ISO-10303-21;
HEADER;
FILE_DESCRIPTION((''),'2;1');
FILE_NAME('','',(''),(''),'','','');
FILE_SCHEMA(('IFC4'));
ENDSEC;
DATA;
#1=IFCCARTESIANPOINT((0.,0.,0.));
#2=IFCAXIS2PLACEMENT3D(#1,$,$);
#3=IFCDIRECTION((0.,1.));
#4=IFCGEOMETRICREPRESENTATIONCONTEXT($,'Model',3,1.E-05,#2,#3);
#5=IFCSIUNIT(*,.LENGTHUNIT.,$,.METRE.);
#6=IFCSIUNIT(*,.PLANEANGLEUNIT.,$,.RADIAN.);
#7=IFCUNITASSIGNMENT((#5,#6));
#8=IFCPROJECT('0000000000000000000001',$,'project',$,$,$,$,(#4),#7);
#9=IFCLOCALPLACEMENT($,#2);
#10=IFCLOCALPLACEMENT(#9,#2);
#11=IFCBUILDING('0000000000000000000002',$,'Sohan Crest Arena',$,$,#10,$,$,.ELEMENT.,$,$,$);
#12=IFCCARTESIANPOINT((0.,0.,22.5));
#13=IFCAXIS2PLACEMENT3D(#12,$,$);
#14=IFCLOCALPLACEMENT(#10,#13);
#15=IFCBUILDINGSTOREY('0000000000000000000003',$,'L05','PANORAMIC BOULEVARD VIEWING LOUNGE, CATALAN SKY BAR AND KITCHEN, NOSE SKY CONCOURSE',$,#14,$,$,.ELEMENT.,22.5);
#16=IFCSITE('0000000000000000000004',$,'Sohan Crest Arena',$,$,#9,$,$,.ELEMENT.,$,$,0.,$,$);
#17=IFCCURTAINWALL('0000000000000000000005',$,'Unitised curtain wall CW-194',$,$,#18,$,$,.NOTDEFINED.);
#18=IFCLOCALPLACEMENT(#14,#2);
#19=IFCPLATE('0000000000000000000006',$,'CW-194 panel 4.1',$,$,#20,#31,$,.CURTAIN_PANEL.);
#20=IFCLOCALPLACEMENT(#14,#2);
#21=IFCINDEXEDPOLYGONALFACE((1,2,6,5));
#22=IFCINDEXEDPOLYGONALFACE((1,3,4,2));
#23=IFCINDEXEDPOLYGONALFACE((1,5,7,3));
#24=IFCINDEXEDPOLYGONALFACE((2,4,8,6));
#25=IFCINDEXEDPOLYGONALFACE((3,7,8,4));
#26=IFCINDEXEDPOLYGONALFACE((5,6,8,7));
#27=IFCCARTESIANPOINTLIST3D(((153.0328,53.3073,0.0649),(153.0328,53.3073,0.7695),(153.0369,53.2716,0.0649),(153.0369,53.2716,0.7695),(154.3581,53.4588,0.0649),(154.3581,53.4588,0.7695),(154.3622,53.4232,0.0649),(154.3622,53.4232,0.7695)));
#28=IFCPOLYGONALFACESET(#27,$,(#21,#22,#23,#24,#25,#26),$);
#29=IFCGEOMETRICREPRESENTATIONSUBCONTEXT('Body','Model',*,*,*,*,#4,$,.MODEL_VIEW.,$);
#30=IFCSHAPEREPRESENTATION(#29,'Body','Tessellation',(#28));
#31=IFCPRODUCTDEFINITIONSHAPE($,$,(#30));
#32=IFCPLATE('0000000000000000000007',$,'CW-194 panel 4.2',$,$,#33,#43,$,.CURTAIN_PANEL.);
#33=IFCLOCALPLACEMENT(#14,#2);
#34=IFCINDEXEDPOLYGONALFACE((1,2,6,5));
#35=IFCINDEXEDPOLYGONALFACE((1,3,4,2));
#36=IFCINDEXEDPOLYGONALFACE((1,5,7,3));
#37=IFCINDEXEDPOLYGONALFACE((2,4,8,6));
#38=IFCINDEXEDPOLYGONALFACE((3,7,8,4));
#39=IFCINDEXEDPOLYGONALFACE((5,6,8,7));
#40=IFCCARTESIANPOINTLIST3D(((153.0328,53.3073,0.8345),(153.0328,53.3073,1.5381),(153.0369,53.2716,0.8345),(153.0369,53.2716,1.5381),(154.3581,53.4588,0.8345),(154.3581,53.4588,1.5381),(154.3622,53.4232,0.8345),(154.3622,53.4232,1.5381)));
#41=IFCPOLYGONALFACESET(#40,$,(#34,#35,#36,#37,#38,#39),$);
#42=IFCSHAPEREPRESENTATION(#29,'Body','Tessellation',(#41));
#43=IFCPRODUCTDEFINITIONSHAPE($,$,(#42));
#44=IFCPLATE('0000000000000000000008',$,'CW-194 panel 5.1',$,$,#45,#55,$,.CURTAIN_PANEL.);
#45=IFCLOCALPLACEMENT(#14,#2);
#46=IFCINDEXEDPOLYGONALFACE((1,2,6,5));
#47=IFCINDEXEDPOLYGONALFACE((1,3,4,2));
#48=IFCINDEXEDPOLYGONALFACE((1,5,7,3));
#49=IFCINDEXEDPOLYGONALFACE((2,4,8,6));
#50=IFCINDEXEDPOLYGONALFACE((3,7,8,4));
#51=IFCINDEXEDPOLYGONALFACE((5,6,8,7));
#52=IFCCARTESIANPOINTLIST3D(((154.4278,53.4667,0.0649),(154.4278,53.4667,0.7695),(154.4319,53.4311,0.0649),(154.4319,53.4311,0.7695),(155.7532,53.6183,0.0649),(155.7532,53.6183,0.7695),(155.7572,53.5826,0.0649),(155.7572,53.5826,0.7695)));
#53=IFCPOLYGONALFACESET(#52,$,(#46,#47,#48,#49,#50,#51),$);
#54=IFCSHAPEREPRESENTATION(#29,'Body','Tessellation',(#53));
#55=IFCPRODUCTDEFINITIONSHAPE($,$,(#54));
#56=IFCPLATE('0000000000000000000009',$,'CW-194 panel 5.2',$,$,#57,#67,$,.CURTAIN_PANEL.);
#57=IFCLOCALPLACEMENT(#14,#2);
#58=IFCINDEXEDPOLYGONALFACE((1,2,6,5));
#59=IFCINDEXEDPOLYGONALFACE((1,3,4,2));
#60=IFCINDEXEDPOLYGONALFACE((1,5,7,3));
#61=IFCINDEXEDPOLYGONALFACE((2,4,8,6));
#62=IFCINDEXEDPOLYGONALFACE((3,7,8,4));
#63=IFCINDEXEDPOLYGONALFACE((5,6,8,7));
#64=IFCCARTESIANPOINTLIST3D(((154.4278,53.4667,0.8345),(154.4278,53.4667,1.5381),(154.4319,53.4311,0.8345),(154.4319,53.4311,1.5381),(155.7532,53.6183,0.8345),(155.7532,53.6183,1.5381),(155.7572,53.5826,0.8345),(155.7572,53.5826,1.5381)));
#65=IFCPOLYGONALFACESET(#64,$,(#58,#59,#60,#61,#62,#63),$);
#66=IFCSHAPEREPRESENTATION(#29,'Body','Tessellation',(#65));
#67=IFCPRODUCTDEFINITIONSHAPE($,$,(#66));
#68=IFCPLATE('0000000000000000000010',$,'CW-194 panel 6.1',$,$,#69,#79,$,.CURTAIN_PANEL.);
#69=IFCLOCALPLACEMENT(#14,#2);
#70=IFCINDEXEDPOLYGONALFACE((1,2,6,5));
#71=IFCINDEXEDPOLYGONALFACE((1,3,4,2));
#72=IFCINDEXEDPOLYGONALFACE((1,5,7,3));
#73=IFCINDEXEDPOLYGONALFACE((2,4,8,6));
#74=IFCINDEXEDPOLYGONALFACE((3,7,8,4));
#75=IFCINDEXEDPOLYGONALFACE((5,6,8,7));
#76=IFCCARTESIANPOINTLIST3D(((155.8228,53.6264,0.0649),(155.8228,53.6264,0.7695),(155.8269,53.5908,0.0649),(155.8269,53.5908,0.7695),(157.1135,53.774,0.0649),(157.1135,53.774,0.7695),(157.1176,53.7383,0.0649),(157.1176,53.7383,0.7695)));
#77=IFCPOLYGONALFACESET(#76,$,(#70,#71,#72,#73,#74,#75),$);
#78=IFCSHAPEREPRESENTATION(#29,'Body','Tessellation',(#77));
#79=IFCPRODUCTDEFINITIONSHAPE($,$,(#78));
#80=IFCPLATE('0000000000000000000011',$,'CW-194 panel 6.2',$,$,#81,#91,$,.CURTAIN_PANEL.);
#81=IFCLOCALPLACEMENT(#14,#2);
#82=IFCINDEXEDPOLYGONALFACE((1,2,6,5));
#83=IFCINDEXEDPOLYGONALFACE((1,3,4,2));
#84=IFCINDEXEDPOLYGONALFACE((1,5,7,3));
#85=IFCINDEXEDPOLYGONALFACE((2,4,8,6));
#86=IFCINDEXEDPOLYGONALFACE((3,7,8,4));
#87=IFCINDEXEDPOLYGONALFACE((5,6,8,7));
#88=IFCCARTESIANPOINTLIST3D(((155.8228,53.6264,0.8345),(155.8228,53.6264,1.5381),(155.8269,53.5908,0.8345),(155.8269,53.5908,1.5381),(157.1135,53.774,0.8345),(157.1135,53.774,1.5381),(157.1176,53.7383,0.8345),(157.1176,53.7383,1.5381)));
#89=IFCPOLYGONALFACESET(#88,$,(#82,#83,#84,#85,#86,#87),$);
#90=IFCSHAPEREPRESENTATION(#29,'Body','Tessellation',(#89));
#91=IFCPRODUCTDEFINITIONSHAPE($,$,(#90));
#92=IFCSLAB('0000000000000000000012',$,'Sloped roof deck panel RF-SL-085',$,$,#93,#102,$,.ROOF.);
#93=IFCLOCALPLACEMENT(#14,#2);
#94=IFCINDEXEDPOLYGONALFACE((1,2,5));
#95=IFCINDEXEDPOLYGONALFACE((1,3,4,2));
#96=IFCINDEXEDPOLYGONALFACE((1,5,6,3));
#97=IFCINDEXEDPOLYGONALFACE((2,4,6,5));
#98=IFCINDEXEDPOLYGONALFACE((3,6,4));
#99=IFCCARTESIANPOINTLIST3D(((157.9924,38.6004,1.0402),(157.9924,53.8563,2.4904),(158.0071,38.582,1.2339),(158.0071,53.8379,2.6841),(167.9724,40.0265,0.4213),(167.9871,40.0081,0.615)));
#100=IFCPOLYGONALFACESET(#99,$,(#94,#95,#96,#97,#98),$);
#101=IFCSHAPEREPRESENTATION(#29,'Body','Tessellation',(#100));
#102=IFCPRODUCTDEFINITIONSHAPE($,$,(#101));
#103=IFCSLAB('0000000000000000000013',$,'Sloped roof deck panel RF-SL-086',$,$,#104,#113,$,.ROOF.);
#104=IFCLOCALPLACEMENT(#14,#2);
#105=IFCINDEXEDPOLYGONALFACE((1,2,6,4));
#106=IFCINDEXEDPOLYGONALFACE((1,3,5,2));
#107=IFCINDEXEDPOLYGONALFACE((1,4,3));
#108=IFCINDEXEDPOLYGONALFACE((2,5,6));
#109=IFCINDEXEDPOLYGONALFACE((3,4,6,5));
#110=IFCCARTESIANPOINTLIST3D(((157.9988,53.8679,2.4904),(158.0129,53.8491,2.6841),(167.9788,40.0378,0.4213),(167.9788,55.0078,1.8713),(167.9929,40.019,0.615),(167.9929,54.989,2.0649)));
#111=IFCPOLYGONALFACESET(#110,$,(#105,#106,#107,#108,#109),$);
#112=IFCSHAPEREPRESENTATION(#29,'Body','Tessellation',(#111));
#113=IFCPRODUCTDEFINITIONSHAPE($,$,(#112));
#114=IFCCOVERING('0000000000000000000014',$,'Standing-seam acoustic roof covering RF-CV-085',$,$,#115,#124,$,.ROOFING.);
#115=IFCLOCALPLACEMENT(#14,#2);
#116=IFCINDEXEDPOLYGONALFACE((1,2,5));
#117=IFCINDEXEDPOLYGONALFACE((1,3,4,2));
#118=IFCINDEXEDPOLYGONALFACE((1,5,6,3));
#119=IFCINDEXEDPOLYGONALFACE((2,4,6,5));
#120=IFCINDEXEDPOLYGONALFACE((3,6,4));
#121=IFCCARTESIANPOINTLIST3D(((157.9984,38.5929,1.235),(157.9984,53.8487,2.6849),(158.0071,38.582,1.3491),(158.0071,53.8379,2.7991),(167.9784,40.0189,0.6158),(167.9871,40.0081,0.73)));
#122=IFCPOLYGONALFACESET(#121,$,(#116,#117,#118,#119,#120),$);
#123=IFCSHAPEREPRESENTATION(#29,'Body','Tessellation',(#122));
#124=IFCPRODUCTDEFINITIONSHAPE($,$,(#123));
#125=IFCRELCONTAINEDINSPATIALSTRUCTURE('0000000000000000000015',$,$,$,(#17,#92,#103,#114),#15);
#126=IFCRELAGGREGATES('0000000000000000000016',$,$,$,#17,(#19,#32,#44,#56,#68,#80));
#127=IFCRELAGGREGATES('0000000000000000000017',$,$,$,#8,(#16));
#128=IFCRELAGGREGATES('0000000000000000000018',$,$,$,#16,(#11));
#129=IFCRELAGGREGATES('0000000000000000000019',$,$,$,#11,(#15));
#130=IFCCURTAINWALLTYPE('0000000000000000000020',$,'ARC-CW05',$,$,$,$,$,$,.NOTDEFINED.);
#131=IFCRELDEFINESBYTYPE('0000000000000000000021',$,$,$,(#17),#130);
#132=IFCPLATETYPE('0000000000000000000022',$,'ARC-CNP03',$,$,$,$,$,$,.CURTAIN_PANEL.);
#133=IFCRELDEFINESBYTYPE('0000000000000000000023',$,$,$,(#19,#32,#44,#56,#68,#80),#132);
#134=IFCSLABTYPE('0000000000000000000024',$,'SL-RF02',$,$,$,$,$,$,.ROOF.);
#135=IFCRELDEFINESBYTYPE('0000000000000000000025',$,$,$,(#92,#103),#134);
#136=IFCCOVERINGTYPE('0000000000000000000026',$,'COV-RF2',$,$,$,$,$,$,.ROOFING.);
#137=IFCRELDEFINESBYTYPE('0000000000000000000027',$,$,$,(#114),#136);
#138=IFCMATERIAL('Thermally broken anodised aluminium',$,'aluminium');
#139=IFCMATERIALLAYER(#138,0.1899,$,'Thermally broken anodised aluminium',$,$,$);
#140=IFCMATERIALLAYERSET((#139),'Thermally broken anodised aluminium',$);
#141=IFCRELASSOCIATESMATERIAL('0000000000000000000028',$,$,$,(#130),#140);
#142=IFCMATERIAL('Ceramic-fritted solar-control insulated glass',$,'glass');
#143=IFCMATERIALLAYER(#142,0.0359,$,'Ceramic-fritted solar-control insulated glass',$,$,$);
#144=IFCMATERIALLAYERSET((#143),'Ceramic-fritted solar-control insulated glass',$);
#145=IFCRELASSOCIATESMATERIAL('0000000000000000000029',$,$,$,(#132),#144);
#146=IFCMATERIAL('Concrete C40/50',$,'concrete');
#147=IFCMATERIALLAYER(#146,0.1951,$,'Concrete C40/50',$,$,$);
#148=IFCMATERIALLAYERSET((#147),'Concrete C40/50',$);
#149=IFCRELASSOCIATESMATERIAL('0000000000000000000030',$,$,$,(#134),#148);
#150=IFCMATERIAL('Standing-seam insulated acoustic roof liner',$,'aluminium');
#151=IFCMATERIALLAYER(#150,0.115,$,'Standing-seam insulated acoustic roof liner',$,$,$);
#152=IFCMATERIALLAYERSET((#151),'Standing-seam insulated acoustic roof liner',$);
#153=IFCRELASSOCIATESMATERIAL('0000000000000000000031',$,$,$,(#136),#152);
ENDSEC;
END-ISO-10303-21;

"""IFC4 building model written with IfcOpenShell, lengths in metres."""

from ifc_helpers import new_model, si_unit, direction, frame, origin, origin_2d, place, context, subcontext, project, spatial, polyline, rectangle, outline, extrude, material, layer, layer_set, type_object, element, aggregate, save


model = new_model("IFC4")

# Units and contexts
model_context = context("Model", 3, precision=1e-05, world=origin(), true_north=direction((0.0, 1.0)))
body_context = subcontext(model_context, "Body", "Model", "MODEL_VIEW")
ifc_project = project(units=[si_unit("LENGTHUNIT", "METRE"), si_unit("PLANEANGLEUNIT", "RADIAN")], contexts=[model_context])

# Site, building, storey
site_placement = place(None, origin())
site = spatial("IfcSite", under=ifc_project, at=site_placement, Name="Sohan Crest Arena", CompositionType="ELEMENT", RefElevation=0.0)
building_placement = place(site_placement, origin())
building = spatial("IfcBuilding", under=site, at=building_placement, Name="Sohan Crest Arena", CompositionType="ELEMENT")
storey_placement = place(building_placement, frame((0.0, 0.0, 22.5)))
storey = spatial("IfcBuildingStorey", under=building, at=storey_placement, Name="L05", Description="PANORAMIC BOULEVARD VIEWING LOUNGE, CATALAN SKY BAR AND KITCHEN, NOSE SKY CONCOURSE", CompositionType="ELEMENT", Elevation=22.5)

# Shared definitions
ifc_material_1 = material(Name="Concrete C40/50", Category="concrete")

# Curtain wall
ifc_material_2 = material(Name="Thermally broken anodised aluminium", Category="aluminium")
ifc_layer_1 = layer(ifc_material_2, 0.1899, Name="Thermally broken anodised aluminium")
ifc_layer_set_1 = layer_set([ifc_layer_1], Name="Thermally broken anodised aluminium")
curtain_wall_type = type_object("IfcCurtainWallType", Name="ARC-CW05", PredefinedType="NOTDEFINED", material=ifc_layer_set_1)
curtain_wall_placement = place(storey_placement, origin())
curtain_wall = element("IfcCurtainWall", 1, at=curtain_wall_placement, inside=storey, type_object=curtain_wall_type, Name="Unitised curtain wall CW-194", PredefinedType="NOTDEFINED")

# Plates
ifc_material_3 = material(Name="Ceramic-fritted solar-control insulated glass", Category="glass")
ifc_layer_2 = layer(ifc_material_3, 0.0359, Name="Ceramic-fritted solar-control insulated glass")
ifc_layer_set_2 = layer_set([ifc_layer_2], Name="Ceramic-fritted solar-control insulated glass")
plate_type = type_object("IfcPlateType", Name="ARC-CNP03", PredefinedType="CURTAIN_PANEL", material=ifc_layer_set_2)
plate_1_placement = place(storey_placement, frame((153.6975, 53.3652, 0.0649), z_axis=(0.0, 0.0, 1.0), x_axis=(0.993527, 0.113597, 0.0)))
plate_1 = element("IfcPlate", 2, at=plate_1_placement, type_object=plate_type, Name="CW-194 panel 4.1", PredefinedType="CURTAIN_PANEL", context=body_context, shape_type="SweptSolid", body=[
    extrude(rectangle(XDim=1.334, YDim=0.0359, at=origin_2d()), origin(), (0.0, 0.0, 1.0), 0.7046),
])
plate_2_placement = place(storey_placement, frame((153.6975, 53.3652, 0.8345), z_axis=(0.0, 0.0, 1.0), x_axis=(0.993527, 0.113597, 0.0)))
plate_2 = element("IfcPlate", 3, at=plate_2_placement, type_object=plate_type, Name="CW-194 panel 4.2", PredefinedType="CURTAIN_PANEL", context=body_context, shape_type="SweptSolid", body=[
    extrude(rectangle(XDim=1.334, YDim=0.0359, at=origin_2d()), origin(), (0.0, 0.0, 1.0), 0.7036),
])
plate_3_placement = place(storey_placement, frame((155.0925, 53.5247, 0.0649), z_axis=(0.0, 0.0, 1.0), x_axis=(0.993527, 0.113597, 0.0)))
plate_3 = element("IfcPlate", 4, at=plate_3_placement, type_object=plate_type, Name="CW-194 panel 5.1", PredefinedType="CURTAIN_PANEL", context=body_context, shape_type="SweptSolid", body=[
    extrude(rectangle(XDim=1.334, YDim=0.0359, at=origin_2d()), origin(), (0.0, 0.0, 1.0), 0.7046),
])
plate_4_placement = place(storey_placement, frame((155.0925, 53.5247, 0.8345), z_axis=(0.0, 0.0, 1.0), x_axis=(0.993527, 0.113597, 0.0)))
plate_4 = element("IfcPlate", 5, at=plate_4_placement, type_object=plate_type, Name="CW-194 panel 5.2", PredefinedType="CURTAIN_PANEL", context=body_context, shape_type="SweptSolid", body=[
    extrude(rectangle(XDim=1.334, YDim=0.0359, at=origin_2d()), origin(), (0.0, 0.0, 1.0), 0.7036),
])
plate_5_placement = place(storey_placement, frame((156.4702, 53.6824, 0.0649), z_axis=(0.0, 0.0, 1.0), x_axis=(0.993527, 0.113597, 0.0)))
plate_5 = element("IfcPlate", 6, at=plate_5_placement, type_object=plate_type, Name="CW-194 panel 6.1", PredefinedType="CURTAIN_PANEL", context=body_context, shape_type="SweptSolid", body=[
    extrude(rectangle(XDim=1.2991, YDim=0.0359, at=origin_2d()), origin(), (0.0, 0.0, 1.0), 0.7046),
])
plate_6_placement = place(storey_placement, frame((156.4702, 53.6824, 0.8345), z_axis=(0.0, 0.0, 1.0), x_axis=(0.993527, 0.113597, 0.0)))
plate_6 = element("IfcPlate", 7, at=plate_6_placement, type_object=plate_type, Name="CW-194 panel 6.2", PredefinedType="CURTAIN_PANEL", context=body_context, shape_type="SweptSolid", body=[
    extrude(rectangle(XDim=1.2991, YDim=0.0359, at=origin_2d()), origin(), (0.0, 0.0, 1.0), 0.7036),
])
aggregate(curtain_wall, [plate_1, plate_2, plate_3, plate_4, plate_5, plate_6])

# Slabs
ifc_layer_3 = layer(ifc_material_1, 0.1951, Name="Concrete C40/50")
ifc_layer_set_3 = layer_set([ifc_layer_3], Name="Concrete C40/50")
slab_type = type_object("IfcSlabType", Name="SL-RF02", PredefinedType="ROOF", material=ifc_layer_set_3)
slab_1_placement = place(storey_placement, frame((158.0071, 53.8379, 2.6841), z_axis=(0.075045, -0.094365, 0.992705), x_axis=(0.0, -0.995512, -0.094632)))
element("IfcSlab", 8, at=slab_1_placement, inside=storey, type_object=slab_type, Name="Sloped roof deck panel RF-SL-085", PredefinedType="ROOF", context=body_context, shape_type="SweptSolid", body=[
    extrude(outline(polyline([(0.0, 0.0), (15.3246, 0.0), (13.9636, 10.0082), (0.0, 0.0)])), origin(), (0.0, 0.0, -1.0), 0.1951),
])
slab_2_placement = place(storey_placement, frame((158.0129, 53.8491, 2.6841), z_axis=(0.072569, -0.096152, 0.992718), x_axis=(0.580907, -0.805011, -0.120436)))
element("IfcSlab", 9, at=slab_2_placement, inside=storey, type_object=slab_type, Name="Sloped roof deck panel RF-SL-086", PredefinedType="ROOF", context=body_context, shape_type="SweptSolid", body=[
    extrude(outline(polyline([(0.0, 0.0), (17.18, 0.0), (4.9544, 8.76), (0.0, 0.0)])), origin(), (0.0, 0.0, -1.0), 0.1951),
])

# Covering
ifc_material_4 = material(Name="Standing-seam insulated acoustic roof liner", Category="aluminium")
ifc_layer_4 = layer(ifc_material_4, 0.115, Name="Standing-seam insulated acoustic roof liner")
ifc_layer_set_4 = layer_set([ifc_layer_4], Name="Standing-seam insulated acoustic roof liner")
covering_type = type_object("IfcCoveringType", Name="COV-RF2", PredefinedType="ROOFING", material=ifc_layer_set_4)
covering_placement = place(storey_placement, frame((158.0071, 53.8379, 2.7991), z_axis=(0.075067, -0.094349, 0.992705), x_axis=(0.0, -0.995514, -0.094616)))
element("IfcCovering", 10, at=covering_placement, inside=storey, type_object=covering_type, Name="Standing-seam acoustic roof covering RF-CV-085", PredefinedType="ROOFING", context=body_context, shape_type="SweptSolid", body=[
    extrude(outline(polyline([(0.0, 0.0), (15.3246, 0.0), (13.9636, 10.0082), (0.0, 0.0)])), origin(), (0.0, 0.0, -1.0), 0.115),
])

save(model, "model.ifc")
